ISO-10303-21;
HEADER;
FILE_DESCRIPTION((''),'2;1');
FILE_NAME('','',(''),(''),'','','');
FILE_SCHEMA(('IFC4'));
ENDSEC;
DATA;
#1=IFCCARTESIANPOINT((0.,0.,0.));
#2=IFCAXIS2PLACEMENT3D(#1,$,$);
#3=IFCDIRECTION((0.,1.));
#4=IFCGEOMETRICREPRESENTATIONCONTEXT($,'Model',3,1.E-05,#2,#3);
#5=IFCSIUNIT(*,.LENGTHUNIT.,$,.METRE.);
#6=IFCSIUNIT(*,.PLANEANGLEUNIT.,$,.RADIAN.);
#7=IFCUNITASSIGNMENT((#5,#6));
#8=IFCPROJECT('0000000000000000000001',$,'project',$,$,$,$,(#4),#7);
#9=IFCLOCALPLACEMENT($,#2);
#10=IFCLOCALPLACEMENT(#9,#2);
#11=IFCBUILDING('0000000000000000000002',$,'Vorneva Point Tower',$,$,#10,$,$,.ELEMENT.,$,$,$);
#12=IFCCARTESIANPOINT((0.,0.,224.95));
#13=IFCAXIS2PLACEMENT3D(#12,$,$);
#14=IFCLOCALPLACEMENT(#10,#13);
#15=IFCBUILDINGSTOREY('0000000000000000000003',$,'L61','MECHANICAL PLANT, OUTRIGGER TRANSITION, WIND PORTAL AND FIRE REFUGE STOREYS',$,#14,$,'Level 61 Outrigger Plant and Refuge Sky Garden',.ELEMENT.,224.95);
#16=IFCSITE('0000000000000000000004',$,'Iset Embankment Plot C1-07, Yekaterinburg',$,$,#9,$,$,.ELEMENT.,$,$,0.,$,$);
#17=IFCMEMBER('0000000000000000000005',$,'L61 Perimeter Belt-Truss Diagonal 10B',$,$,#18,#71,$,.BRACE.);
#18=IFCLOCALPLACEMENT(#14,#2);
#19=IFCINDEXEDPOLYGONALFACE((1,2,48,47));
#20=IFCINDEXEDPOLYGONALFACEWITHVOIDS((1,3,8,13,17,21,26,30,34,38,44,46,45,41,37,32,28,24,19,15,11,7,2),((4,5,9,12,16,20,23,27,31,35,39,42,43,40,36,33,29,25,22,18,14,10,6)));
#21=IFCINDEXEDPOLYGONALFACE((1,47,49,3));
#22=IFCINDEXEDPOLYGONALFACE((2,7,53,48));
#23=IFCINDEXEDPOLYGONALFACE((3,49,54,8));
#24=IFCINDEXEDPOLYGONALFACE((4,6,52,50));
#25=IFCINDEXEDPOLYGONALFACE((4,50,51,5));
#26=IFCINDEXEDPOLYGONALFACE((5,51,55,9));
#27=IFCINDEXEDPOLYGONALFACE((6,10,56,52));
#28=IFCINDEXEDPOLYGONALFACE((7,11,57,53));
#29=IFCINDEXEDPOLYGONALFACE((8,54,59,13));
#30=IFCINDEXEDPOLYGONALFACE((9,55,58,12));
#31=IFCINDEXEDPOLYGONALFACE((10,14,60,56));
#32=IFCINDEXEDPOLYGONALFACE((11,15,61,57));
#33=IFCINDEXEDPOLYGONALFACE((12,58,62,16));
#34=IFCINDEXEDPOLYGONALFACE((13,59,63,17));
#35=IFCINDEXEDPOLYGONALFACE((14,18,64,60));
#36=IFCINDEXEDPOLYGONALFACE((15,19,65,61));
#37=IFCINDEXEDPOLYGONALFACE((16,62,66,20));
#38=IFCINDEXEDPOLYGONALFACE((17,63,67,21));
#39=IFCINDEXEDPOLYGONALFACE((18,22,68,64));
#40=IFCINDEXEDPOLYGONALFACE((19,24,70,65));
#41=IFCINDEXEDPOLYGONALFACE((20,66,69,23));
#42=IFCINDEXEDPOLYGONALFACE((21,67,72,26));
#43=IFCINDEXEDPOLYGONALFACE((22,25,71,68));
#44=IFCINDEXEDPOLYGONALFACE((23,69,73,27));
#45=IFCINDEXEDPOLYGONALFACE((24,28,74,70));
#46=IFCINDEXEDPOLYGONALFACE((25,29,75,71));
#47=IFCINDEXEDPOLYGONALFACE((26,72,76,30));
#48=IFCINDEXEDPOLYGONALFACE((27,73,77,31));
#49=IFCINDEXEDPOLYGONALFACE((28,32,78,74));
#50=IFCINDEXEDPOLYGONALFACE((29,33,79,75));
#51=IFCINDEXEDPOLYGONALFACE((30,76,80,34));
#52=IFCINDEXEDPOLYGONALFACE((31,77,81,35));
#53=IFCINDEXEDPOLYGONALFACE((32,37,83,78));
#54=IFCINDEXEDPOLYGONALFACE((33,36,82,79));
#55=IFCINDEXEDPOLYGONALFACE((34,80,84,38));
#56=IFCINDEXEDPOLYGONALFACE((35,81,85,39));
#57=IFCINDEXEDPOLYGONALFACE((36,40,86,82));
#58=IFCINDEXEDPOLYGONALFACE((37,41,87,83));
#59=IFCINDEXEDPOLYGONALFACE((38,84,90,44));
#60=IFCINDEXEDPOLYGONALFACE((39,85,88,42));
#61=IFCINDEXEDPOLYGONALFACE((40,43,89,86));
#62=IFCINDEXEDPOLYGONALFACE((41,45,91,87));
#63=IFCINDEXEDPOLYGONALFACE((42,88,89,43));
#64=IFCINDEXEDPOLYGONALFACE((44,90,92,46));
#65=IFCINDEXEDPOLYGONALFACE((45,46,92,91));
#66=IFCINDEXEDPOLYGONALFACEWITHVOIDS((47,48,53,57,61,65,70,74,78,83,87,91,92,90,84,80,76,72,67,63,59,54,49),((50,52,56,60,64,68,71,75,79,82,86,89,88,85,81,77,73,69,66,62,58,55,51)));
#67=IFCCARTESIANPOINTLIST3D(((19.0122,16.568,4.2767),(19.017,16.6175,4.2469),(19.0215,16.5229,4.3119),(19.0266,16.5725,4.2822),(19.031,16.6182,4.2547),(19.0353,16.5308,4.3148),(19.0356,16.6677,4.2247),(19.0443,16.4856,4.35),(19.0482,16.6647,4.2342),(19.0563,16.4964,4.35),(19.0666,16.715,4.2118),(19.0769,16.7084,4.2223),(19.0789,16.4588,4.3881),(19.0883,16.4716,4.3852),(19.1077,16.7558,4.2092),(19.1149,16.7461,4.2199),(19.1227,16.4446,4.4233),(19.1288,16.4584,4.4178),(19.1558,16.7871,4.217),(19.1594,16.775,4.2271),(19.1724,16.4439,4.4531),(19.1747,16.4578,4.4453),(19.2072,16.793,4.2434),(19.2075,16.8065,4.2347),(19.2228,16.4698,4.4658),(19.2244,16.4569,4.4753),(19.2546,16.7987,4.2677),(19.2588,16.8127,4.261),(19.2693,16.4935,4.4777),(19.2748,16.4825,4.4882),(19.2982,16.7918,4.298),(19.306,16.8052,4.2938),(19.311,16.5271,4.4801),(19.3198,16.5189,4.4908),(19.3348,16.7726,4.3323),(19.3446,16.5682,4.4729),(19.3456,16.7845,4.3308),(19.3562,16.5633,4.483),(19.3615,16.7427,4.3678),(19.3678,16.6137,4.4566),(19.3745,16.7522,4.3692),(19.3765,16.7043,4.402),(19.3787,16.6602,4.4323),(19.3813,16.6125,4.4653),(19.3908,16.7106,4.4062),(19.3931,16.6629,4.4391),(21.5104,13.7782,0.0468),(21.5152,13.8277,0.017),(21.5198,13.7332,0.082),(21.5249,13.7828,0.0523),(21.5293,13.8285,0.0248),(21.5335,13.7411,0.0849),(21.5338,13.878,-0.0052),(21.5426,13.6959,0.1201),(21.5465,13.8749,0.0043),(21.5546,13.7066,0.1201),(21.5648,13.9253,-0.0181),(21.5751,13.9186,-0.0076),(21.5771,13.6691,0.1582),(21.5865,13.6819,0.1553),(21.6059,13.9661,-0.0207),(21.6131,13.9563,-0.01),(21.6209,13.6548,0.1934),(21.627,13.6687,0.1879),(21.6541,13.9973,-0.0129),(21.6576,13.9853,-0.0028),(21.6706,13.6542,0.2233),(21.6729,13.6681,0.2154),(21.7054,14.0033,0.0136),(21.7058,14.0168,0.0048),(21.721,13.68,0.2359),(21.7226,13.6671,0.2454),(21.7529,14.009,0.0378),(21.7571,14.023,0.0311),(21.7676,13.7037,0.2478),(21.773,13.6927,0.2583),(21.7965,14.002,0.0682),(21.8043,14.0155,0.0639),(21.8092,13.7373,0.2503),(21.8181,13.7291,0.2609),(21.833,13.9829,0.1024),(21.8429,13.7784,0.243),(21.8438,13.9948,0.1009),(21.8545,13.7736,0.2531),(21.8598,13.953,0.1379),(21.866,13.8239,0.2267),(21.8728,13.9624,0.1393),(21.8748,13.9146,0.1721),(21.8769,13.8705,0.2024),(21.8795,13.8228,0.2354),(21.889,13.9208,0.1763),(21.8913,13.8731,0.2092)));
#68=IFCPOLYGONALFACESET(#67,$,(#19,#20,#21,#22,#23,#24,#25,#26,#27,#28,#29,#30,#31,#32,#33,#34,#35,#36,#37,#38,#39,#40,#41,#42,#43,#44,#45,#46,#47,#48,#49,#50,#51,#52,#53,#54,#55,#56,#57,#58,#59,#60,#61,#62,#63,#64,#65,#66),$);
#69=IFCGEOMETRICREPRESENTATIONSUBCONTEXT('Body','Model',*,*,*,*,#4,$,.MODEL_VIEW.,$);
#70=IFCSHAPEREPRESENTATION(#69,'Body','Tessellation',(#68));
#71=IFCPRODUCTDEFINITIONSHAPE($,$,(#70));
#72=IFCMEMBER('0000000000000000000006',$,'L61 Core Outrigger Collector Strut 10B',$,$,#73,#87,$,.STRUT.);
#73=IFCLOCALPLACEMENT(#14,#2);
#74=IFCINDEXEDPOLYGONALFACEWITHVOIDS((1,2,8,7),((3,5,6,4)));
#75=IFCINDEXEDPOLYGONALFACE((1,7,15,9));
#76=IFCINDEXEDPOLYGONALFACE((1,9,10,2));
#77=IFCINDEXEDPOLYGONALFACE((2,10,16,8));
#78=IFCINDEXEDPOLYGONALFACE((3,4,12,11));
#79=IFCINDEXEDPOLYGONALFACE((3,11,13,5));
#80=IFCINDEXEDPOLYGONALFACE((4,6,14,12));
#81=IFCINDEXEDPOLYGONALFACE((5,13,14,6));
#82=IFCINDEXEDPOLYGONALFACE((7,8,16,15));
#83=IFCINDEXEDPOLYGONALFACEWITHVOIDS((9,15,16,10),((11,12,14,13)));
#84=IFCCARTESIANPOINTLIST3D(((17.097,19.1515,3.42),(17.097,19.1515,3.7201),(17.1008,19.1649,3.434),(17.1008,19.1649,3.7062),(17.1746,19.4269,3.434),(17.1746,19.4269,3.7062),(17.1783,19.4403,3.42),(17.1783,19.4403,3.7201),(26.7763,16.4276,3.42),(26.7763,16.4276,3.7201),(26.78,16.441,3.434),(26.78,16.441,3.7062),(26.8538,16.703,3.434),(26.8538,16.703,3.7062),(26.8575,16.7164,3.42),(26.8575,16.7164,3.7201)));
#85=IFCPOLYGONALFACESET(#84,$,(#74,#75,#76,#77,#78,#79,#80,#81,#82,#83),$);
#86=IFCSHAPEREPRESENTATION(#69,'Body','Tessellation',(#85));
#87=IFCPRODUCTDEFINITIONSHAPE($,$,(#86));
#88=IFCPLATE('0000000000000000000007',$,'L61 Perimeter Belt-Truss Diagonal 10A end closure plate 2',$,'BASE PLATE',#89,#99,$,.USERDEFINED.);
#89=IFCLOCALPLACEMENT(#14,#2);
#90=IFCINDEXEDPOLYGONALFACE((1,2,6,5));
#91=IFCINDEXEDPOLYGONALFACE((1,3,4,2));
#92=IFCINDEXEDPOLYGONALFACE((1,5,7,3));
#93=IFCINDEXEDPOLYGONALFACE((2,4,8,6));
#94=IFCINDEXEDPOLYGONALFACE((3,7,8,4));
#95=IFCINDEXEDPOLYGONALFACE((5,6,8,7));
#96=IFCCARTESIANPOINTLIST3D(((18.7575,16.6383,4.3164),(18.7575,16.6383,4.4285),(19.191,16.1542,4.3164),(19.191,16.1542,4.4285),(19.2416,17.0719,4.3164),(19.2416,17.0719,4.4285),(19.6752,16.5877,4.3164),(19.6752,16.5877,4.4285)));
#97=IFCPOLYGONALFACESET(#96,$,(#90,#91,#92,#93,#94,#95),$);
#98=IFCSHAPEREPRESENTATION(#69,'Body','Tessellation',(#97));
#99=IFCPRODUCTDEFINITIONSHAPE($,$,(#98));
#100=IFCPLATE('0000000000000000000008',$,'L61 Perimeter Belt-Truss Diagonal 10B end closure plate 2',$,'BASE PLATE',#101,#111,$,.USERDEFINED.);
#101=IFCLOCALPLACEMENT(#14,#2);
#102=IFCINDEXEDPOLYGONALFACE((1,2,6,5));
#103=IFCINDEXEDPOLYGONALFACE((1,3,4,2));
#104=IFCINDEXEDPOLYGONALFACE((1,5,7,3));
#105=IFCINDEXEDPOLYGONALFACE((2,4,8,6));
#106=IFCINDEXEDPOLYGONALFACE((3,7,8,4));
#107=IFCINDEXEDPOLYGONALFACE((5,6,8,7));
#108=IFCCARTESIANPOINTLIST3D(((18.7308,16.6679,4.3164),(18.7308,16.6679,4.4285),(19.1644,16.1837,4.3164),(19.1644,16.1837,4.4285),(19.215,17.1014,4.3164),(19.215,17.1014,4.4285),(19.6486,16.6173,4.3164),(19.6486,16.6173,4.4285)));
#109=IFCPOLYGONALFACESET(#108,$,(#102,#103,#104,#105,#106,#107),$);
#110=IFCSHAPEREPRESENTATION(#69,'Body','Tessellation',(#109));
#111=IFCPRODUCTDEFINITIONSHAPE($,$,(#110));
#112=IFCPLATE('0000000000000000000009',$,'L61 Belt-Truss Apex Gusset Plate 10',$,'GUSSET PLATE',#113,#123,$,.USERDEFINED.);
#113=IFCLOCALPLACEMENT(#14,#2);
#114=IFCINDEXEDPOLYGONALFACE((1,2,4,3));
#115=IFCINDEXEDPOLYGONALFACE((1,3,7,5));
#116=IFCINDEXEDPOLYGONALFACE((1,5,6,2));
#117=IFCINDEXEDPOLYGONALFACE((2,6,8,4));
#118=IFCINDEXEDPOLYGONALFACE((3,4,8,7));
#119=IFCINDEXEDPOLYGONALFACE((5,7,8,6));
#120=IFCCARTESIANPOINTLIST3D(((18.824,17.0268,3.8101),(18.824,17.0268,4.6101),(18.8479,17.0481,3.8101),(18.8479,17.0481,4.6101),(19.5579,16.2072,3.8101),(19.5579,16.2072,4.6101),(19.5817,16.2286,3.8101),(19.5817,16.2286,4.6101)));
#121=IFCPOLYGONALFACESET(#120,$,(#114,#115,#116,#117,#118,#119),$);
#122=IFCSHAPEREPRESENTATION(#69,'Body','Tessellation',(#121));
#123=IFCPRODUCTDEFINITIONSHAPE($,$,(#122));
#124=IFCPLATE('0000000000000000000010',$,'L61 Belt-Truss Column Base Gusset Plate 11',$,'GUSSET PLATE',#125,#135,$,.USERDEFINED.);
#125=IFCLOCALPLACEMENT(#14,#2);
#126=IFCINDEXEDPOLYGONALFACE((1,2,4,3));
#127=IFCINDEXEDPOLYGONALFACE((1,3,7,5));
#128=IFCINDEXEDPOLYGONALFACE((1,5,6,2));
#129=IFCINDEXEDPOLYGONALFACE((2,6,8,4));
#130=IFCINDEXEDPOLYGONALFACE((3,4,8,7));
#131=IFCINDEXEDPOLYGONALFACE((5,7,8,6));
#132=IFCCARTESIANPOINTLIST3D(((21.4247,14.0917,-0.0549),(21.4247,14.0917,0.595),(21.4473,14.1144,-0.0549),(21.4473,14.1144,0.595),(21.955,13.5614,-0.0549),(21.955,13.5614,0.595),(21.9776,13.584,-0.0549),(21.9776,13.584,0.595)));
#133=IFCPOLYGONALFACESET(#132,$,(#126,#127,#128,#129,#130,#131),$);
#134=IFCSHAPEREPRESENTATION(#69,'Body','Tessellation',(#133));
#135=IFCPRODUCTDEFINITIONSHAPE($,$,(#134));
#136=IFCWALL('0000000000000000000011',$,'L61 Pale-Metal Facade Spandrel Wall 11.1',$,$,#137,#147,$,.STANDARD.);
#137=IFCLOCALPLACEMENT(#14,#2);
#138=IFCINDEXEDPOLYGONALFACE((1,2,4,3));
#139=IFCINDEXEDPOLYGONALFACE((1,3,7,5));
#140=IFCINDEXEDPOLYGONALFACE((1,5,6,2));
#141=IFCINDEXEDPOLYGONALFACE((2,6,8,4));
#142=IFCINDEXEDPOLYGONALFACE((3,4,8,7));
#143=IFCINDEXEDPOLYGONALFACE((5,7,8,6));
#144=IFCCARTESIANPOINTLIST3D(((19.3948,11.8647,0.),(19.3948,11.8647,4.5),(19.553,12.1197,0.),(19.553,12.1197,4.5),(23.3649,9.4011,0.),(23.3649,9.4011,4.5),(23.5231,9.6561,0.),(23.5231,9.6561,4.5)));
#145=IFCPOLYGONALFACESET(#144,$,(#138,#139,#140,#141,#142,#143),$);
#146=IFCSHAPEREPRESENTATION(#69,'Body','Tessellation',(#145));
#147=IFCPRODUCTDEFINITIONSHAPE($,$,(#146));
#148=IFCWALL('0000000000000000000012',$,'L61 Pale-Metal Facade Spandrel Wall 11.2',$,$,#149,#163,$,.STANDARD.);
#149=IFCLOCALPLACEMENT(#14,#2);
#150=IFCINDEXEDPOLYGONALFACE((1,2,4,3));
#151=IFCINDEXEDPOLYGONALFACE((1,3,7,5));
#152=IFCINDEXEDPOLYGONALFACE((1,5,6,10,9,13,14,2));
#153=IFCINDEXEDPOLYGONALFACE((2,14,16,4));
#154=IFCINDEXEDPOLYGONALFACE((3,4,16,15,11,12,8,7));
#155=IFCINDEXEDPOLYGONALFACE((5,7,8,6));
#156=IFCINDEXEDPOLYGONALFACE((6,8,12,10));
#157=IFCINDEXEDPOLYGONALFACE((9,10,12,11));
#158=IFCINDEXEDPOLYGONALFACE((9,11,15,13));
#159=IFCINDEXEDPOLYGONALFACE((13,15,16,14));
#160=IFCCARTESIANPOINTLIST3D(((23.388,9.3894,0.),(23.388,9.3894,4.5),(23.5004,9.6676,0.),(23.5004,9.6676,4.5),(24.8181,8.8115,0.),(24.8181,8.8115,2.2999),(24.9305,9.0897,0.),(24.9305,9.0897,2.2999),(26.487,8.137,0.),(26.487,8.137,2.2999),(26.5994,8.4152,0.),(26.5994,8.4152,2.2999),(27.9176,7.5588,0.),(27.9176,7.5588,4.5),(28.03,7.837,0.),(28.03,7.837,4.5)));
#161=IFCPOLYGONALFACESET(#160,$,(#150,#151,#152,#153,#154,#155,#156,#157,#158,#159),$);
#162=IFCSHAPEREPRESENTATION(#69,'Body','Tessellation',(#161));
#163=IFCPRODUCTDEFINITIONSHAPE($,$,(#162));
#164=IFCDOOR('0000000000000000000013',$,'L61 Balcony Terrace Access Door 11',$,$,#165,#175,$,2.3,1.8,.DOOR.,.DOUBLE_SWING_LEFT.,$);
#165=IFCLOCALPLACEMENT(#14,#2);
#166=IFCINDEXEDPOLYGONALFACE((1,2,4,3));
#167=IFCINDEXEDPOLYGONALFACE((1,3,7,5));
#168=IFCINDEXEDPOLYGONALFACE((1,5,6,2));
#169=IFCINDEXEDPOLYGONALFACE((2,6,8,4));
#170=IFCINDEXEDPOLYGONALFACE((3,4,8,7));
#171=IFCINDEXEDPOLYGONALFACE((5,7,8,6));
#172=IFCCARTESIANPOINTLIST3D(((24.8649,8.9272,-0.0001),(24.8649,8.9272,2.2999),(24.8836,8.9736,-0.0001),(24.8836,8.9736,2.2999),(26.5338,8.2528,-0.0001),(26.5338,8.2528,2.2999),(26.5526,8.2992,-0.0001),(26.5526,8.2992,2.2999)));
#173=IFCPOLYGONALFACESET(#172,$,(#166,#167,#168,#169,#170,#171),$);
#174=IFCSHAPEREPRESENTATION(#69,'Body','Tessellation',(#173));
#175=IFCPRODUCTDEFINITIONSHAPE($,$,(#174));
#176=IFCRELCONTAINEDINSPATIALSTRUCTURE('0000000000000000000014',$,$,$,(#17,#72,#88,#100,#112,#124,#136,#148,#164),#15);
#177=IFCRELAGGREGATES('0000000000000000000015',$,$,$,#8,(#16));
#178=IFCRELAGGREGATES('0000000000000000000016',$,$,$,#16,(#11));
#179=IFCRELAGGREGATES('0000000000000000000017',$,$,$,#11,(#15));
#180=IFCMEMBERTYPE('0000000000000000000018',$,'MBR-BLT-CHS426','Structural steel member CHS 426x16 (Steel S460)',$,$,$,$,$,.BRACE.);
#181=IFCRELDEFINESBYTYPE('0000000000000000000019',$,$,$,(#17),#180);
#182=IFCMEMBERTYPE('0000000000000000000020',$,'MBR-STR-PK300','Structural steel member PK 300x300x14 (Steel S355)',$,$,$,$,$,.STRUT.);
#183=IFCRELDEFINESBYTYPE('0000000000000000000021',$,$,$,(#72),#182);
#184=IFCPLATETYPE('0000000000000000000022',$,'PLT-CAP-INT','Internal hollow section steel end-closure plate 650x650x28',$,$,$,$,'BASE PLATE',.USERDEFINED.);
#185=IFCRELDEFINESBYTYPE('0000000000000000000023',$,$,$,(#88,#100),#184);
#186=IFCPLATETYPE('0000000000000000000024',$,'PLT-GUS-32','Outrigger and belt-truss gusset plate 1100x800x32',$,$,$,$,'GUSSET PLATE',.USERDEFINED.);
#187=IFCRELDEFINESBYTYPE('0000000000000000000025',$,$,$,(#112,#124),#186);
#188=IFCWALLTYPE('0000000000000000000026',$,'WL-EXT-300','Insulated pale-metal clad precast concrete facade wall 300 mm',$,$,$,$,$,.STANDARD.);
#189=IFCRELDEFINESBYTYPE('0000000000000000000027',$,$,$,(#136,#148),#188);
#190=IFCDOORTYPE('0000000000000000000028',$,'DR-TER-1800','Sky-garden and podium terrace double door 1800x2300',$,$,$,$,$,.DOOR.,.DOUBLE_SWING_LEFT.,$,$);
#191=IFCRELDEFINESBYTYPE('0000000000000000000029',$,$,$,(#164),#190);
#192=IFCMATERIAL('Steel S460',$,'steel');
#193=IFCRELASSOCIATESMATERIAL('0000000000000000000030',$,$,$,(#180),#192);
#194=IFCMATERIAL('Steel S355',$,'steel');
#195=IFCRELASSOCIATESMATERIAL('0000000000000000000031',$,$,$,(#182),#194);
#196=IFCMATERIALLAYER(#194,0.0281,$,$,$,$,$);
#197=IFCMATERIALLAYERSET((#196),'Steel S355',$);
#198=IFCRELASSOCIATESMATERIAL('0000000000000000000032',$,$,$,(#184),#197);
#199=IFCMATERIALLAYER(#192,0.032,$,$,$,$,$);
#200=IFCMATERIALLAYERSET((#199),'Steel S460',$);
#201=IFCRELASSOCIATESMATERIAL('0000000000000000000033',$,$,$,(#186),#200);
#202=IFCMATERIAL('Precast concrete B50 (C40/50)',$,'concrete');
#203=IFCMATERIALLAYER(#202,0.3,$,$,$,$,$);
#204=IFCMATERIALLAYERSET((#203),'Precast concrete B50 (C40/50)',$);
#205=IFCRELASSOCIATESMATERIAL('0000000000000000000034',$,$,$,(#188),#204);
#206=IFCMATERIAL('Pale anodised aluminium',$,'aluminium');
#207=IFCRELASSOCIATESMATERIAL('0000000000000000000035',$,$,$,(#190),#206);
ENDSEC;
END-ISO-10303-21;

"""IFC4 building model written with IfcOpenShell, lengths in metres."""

from ifc_helpers import new_model, si_unit, direction, frame, frame_2d, origin, origin_2d, place, context, subcontext, project, spatial, rectangle, hollow_rectangle, hollow_circle, extrude, material, layer, layer_set, material_profile, profile_set, type_object, element, fill, save


model = new_model("IFC4")

# Units and contexts
model_context = context("Model", 3, precision=1e-05, world=origin(), true_north=direction((0.0, 1.0)))
body_context = subcontext(model_context, "Body", "Model", "MODEL_VIEW")
ifc_project = project(units=[si_unit("LENGTHUNIT", "METRE"), si_unit("PLANEANGLEUNIT", "RADIAN")], contexts=[model_context])

# Site, building, storey
site_placement = place(None, origin())
site = spatial("IfcSite", under=ifc_project, at=site_placement, Name="Iset Embankment Plot C1-07, Yekaterinburg", CompositionType="ELEMENT", RefElevation=0.0)
building_placement = place(site_placement, origin())
building = spatial("IfcBuilding", under=site, at=building_placement, Name="Vorneva Point Tower", CompositionType="ELEMENT")
storey_placement = place(building_placement, frame((0.0, 0.0, 224.95)))
storey = spatial("IfcBuildingStorey", under=building, at=storey_placement, Name="L61", Description="MECHANICAL PLANT, OUTRIGGER TRANSITION, WIND PORTAL AND FIRE REFUGE STOREYS", LongName="Level 61 Outrigger Plant and Refuge Sky Garden", CompositionType="ELEMENT", Elevation=224.95)

# Shared definitions
ifc_material_1 = material(Name="Steel S460", Category="steel")
ifc_material_2 = material(Name="Steel S355", Category="steel")

# Members
ifc_material_profile_1 = material_profile(ifc_material_1, hollow_circle(Radius=0.2129, WallThickness=0.0161, at=origin_2d()), Name="CHS 426x16")
ifc_profile_set_1 = profile_set([ifc_material_profile_1], Name="Steel S460")
member_type_1 = type_object("IfcMemberType", Name="MBR-BLT-CHS426", Description="Structural steel member CHS 426x16 (Steel S460)", PredefinedType="BRACE", material=ifc_profile_set_1)
member_1_placement = place(storey_placement, frame((21.7012, 13.8379, 0.1201), z_axis=(-0.442212, 0.49381, 0.748732), x_axis=(-0.744955, -0.667115, 0.0)))
element("IfcMember", 1, at=member_1_placement, inside=storey, type_object=member_type_1, Name="L61 Perimeter Belt-Truss Diagonal 10B", PredefinedType="BRACE", context=body_context, shape_type="SweptSolid", body=[
    extrude(hollow_circle(Radius=0.2129, WallThickness=0.0161, at=origin_2d()), origin(), (0.0, 0.0, 1.0), 5.6494),
])
ifc_material_profile_2 = material_profile(ifc_material_2, hollow_rectangle(XDim=0.3, YDim=0.3, WallThickness=0.0139, at=origin_2d()), Name="PK 300x300x14")
ifc_profile_set_2 = profile_set([ifc_material_profile_2], Name="Steel S355")
member_type_2 = type_object("IfcMemberType", Name="MBR-STR-PK300", Description="Structural steel member PK 300x300x14 (Steel S355)", PredefinedType="STRUT", material=ifc_profile_set_2)
member_2_placement = place(storey_placement, frame((26.8169, 16.572, 3.5701), z_axis=(-0.962609, 0.270893, 0.0), x_axis=(-0.270893, -0.962609, 0.0)))
element("IfcMember", 2, at=member_2_placement, inside=storey, type_object=member_type_2, Name="L61 Core Outrigger Collector Strut 10B", PredefinedType="STRUT", context=body_context, shape_type="SweptSolid", body=[
    extrude(hollow_rectangle(XDim=0.3, YDim=0.3, WallThickness=0.0139, at=origin_2d()), origin(), (0.0, 0.0, 1.0), 10.0552),
])

# Plates
ifc_layer_1 = layer(ifc_material_2, 0.0281)
ifc_layer_set_1 = layer_set([ifc_layer_1], Name="Steel S355")
plate_type_1 = type_object("IfcPlateType", Name="PLT-CAP-INT", Description="Internal hollow section steel end-closure plate 650x650x28", ElementType="BASE PLATE", PredefinedType="USERDEFINED", material=ifc_layer_set_1)
for number, where, z_axis, x_axis, name in (
    (3, (19.2163, 16.613, 4.3164), (0.0, 0.0, 1.0), (0.667092, -0.744976, 0.0), "L61 Perimeter Belt-Truss Diagonal 10A end closure plate 2"),
    (4, (19.1897, 16.6426, 4.3164), (0.0, 0.0, 1.0), (-0.667092, 0.744976, 0.0), "L61 Perimeter Belt-Truss Diagonal 10B end closure plate 2"),
):
    element("IfcPlate", number, at=place(storey_placement, frame(where, z_axis=z_axis, x_axis=x_axis)), inside=storey, type_object=plate_type_1, Name=name, ObjectType="BASE PLATE", PredefinedType="USERDEFINED", context=body_context, shape_type="SweptSolid", body=[
        extrude(rectangle(XDim=0.6499, YDim=0.6499, at=origin_2d()), origin(), (0.0, 0.0, 1.0), 0.1121),
    ])
ifc_layer_2 = layer(ifc_material_1, 0.032)
ifc_layer_set_2 = layer_set([ifc_layer_2], Name="Steel S460")
plate_type_2 = type_object("IfcPlateType", Name="PLT-GUS-32", Description="Outrigger and belt-truss gusset plate 1100x800x32", ElementType="GUSSET PLATE", PredefinedType="USERDEFINED", material=ifc_layer_set_2)
plate_1_placement = place(storey_placement, frame((19.2029, 16.6277, 3.8101), z_axis=(0.0, 0.0, 1.0), x_axis=(0.667092, -0.744976, 0.0)))
element("IfcPlate", 5, at=plate_1_placement, inside=storey, type_object=plate_type_2, Name="L61 Belt-Truss Apex Gusset Plate 10", ObjectType="GUSSET PLATE", PredefinedType="USERDEFINED", context=body_context, shape_type="SweptSolid", body=[
    extrude(rectangle(XDim=1.1001, YDim=0.032, at=origin_2d()), origin(), (0.0, 0.0, 1.0), 0.8),
])
plate_2_placement = place(storey_placement, frame((21.7012, 13.8379, -0.0549), z_axis=(0.0, 0.0, 1.0), x_axis=(0.707107, -0.707107, 0.0)))
element("IfcPlate", 6, at=plate_2_placement, inside=storey, type_object=plate_type_2, Name="L61 Belt-Truss Column Base Gusset Plate 11", ObjectType="GUSSET PLATE", PredefinedType="USERDEFINED", context=body_context, shape_type="SweptSolid", body=[
    extrude(rectangle(XDim=0.75, YDim=0.032, at=origin_2d()), origin(), (0.0, 0.0, 1.0), 0.6499),
])

# Wall
ifc_material_3 = material(Name="Precast concrete B50 (C40/50)", Category="concrete")
ifc_layer_3 = layer(ifc_material_3, 0.3)
ifc_layer_set_3 = layer_set([ifc_layer_3], Name="Precast concrete B50 (C40/50)")
wall_type_1 = type_object("IfcWallType", Name="WL-EXT-300", Description="Insulated pale-metal clad precast concrete facade wall 300 mm", PredefinedType="STANDARD", material=ifc_layer_set_3)
wall_1_placement = place(storey_placement, frame((19.4739, 11.9922, 0.0), z_axis=(0.0, 0.0, 1.0), x_axis=(0.849702, -0.527263, 0.0)))
element("IfcWall", 7, at=wall_1_placement, inside=storey, type_object=wall_type_1, Name="L61 Pale-Metal Facade Spandrel Wall 11.1", PredefinedType="STANDARD", context=body_context, shape_type="SweptSolid", body=[
    extrude(rectangle(XDim=4.6724, YDim=0.3, at=frame_2d((2.3362, 0.0))), origin(), (0.0, 0.0, 1.0), 4.5),
])

# Wall, opening, door
wall_2_placement = place(storey_placement, frame((23.4441, 9.5286, 0.0), z_axis=(0.0, 0.0, 1.0), x_axis=(0.927147, -0.374697, 0.0)))
wall_2 = element("IfcWall", 8, at=wall_2_placement, inside=storey, type_object=wall_type_1, Name="L61 Pale-Metal Facade Spandrel Wall 11.2", PredefinedType="STANDARD", context=body_context, shape_type="SweptSolid", body=[
    extrude(rectangle(XDim=4.8855, YDim=0.3, at=frame_2d((2.4429, 0.0))), origin(), (0.0, 0.0, 1.0), 4.5),
])
opening_1_placement = place(wall_2_placement, frame((1.5427, 0.0, 0.0)))
opening_1 = element("IfcOpeningElement", 9, at=opening_1_placement, cuts=wall_2, PredefinedType="OPENING", context=body_context, shape_type="SweptSolid", body=[
    extrude(rectangle(XDim=1.8, YDim=2.3, at=frame_2d((0.8999, 1.1499))), frame((0.0, 0.165, 0.0), z_axis=(0.0, -1.0, 0.0), x_axis=(1.0, 0.0, 0.0)), (0.0, 0.0, 1.0), 0.3298),
])
ifc_material_4 = material(Name="Pale anodised aluminium", Category="aluminium")
door_type_1 = type_object("IfcDoorType", Name="DR-TER-1800", Description="Sky-garden and podium terrace double door 1800x2300", OperationType="DOUBLE_SWING_LEFT", PredefinedType="DOOR", material=ifc_material_4)
door_1_placement = place(opening_1_placement, origin())
door_1 = element("IfcDoor", 10, at=door_1_placement, inside=storey, type_object=door_type_1, Name="L61 Balcony Terrace Access Door 11", OperationType="DOUBLE_SWING_LEFT", OverallHeight=2.3, OverallWidth=1.8, PredefinedType="DOOR", context=body_context, shape_type="SweptSolid", body=[
    extrude(rectangle(XDim=1.8, YDim=2.3, at=frame_2d((0.8999, 1.1499))), frame((0.0, 0.0249, 0.0), z_axis=(0.0, -1.0, 0.0), x_axis=(1.0, 0.0, 0.0)), (0.0, 0.0, 1.0), 0.05),
])
fill(opening_1, door_1)

save(model, "model.ifc")
